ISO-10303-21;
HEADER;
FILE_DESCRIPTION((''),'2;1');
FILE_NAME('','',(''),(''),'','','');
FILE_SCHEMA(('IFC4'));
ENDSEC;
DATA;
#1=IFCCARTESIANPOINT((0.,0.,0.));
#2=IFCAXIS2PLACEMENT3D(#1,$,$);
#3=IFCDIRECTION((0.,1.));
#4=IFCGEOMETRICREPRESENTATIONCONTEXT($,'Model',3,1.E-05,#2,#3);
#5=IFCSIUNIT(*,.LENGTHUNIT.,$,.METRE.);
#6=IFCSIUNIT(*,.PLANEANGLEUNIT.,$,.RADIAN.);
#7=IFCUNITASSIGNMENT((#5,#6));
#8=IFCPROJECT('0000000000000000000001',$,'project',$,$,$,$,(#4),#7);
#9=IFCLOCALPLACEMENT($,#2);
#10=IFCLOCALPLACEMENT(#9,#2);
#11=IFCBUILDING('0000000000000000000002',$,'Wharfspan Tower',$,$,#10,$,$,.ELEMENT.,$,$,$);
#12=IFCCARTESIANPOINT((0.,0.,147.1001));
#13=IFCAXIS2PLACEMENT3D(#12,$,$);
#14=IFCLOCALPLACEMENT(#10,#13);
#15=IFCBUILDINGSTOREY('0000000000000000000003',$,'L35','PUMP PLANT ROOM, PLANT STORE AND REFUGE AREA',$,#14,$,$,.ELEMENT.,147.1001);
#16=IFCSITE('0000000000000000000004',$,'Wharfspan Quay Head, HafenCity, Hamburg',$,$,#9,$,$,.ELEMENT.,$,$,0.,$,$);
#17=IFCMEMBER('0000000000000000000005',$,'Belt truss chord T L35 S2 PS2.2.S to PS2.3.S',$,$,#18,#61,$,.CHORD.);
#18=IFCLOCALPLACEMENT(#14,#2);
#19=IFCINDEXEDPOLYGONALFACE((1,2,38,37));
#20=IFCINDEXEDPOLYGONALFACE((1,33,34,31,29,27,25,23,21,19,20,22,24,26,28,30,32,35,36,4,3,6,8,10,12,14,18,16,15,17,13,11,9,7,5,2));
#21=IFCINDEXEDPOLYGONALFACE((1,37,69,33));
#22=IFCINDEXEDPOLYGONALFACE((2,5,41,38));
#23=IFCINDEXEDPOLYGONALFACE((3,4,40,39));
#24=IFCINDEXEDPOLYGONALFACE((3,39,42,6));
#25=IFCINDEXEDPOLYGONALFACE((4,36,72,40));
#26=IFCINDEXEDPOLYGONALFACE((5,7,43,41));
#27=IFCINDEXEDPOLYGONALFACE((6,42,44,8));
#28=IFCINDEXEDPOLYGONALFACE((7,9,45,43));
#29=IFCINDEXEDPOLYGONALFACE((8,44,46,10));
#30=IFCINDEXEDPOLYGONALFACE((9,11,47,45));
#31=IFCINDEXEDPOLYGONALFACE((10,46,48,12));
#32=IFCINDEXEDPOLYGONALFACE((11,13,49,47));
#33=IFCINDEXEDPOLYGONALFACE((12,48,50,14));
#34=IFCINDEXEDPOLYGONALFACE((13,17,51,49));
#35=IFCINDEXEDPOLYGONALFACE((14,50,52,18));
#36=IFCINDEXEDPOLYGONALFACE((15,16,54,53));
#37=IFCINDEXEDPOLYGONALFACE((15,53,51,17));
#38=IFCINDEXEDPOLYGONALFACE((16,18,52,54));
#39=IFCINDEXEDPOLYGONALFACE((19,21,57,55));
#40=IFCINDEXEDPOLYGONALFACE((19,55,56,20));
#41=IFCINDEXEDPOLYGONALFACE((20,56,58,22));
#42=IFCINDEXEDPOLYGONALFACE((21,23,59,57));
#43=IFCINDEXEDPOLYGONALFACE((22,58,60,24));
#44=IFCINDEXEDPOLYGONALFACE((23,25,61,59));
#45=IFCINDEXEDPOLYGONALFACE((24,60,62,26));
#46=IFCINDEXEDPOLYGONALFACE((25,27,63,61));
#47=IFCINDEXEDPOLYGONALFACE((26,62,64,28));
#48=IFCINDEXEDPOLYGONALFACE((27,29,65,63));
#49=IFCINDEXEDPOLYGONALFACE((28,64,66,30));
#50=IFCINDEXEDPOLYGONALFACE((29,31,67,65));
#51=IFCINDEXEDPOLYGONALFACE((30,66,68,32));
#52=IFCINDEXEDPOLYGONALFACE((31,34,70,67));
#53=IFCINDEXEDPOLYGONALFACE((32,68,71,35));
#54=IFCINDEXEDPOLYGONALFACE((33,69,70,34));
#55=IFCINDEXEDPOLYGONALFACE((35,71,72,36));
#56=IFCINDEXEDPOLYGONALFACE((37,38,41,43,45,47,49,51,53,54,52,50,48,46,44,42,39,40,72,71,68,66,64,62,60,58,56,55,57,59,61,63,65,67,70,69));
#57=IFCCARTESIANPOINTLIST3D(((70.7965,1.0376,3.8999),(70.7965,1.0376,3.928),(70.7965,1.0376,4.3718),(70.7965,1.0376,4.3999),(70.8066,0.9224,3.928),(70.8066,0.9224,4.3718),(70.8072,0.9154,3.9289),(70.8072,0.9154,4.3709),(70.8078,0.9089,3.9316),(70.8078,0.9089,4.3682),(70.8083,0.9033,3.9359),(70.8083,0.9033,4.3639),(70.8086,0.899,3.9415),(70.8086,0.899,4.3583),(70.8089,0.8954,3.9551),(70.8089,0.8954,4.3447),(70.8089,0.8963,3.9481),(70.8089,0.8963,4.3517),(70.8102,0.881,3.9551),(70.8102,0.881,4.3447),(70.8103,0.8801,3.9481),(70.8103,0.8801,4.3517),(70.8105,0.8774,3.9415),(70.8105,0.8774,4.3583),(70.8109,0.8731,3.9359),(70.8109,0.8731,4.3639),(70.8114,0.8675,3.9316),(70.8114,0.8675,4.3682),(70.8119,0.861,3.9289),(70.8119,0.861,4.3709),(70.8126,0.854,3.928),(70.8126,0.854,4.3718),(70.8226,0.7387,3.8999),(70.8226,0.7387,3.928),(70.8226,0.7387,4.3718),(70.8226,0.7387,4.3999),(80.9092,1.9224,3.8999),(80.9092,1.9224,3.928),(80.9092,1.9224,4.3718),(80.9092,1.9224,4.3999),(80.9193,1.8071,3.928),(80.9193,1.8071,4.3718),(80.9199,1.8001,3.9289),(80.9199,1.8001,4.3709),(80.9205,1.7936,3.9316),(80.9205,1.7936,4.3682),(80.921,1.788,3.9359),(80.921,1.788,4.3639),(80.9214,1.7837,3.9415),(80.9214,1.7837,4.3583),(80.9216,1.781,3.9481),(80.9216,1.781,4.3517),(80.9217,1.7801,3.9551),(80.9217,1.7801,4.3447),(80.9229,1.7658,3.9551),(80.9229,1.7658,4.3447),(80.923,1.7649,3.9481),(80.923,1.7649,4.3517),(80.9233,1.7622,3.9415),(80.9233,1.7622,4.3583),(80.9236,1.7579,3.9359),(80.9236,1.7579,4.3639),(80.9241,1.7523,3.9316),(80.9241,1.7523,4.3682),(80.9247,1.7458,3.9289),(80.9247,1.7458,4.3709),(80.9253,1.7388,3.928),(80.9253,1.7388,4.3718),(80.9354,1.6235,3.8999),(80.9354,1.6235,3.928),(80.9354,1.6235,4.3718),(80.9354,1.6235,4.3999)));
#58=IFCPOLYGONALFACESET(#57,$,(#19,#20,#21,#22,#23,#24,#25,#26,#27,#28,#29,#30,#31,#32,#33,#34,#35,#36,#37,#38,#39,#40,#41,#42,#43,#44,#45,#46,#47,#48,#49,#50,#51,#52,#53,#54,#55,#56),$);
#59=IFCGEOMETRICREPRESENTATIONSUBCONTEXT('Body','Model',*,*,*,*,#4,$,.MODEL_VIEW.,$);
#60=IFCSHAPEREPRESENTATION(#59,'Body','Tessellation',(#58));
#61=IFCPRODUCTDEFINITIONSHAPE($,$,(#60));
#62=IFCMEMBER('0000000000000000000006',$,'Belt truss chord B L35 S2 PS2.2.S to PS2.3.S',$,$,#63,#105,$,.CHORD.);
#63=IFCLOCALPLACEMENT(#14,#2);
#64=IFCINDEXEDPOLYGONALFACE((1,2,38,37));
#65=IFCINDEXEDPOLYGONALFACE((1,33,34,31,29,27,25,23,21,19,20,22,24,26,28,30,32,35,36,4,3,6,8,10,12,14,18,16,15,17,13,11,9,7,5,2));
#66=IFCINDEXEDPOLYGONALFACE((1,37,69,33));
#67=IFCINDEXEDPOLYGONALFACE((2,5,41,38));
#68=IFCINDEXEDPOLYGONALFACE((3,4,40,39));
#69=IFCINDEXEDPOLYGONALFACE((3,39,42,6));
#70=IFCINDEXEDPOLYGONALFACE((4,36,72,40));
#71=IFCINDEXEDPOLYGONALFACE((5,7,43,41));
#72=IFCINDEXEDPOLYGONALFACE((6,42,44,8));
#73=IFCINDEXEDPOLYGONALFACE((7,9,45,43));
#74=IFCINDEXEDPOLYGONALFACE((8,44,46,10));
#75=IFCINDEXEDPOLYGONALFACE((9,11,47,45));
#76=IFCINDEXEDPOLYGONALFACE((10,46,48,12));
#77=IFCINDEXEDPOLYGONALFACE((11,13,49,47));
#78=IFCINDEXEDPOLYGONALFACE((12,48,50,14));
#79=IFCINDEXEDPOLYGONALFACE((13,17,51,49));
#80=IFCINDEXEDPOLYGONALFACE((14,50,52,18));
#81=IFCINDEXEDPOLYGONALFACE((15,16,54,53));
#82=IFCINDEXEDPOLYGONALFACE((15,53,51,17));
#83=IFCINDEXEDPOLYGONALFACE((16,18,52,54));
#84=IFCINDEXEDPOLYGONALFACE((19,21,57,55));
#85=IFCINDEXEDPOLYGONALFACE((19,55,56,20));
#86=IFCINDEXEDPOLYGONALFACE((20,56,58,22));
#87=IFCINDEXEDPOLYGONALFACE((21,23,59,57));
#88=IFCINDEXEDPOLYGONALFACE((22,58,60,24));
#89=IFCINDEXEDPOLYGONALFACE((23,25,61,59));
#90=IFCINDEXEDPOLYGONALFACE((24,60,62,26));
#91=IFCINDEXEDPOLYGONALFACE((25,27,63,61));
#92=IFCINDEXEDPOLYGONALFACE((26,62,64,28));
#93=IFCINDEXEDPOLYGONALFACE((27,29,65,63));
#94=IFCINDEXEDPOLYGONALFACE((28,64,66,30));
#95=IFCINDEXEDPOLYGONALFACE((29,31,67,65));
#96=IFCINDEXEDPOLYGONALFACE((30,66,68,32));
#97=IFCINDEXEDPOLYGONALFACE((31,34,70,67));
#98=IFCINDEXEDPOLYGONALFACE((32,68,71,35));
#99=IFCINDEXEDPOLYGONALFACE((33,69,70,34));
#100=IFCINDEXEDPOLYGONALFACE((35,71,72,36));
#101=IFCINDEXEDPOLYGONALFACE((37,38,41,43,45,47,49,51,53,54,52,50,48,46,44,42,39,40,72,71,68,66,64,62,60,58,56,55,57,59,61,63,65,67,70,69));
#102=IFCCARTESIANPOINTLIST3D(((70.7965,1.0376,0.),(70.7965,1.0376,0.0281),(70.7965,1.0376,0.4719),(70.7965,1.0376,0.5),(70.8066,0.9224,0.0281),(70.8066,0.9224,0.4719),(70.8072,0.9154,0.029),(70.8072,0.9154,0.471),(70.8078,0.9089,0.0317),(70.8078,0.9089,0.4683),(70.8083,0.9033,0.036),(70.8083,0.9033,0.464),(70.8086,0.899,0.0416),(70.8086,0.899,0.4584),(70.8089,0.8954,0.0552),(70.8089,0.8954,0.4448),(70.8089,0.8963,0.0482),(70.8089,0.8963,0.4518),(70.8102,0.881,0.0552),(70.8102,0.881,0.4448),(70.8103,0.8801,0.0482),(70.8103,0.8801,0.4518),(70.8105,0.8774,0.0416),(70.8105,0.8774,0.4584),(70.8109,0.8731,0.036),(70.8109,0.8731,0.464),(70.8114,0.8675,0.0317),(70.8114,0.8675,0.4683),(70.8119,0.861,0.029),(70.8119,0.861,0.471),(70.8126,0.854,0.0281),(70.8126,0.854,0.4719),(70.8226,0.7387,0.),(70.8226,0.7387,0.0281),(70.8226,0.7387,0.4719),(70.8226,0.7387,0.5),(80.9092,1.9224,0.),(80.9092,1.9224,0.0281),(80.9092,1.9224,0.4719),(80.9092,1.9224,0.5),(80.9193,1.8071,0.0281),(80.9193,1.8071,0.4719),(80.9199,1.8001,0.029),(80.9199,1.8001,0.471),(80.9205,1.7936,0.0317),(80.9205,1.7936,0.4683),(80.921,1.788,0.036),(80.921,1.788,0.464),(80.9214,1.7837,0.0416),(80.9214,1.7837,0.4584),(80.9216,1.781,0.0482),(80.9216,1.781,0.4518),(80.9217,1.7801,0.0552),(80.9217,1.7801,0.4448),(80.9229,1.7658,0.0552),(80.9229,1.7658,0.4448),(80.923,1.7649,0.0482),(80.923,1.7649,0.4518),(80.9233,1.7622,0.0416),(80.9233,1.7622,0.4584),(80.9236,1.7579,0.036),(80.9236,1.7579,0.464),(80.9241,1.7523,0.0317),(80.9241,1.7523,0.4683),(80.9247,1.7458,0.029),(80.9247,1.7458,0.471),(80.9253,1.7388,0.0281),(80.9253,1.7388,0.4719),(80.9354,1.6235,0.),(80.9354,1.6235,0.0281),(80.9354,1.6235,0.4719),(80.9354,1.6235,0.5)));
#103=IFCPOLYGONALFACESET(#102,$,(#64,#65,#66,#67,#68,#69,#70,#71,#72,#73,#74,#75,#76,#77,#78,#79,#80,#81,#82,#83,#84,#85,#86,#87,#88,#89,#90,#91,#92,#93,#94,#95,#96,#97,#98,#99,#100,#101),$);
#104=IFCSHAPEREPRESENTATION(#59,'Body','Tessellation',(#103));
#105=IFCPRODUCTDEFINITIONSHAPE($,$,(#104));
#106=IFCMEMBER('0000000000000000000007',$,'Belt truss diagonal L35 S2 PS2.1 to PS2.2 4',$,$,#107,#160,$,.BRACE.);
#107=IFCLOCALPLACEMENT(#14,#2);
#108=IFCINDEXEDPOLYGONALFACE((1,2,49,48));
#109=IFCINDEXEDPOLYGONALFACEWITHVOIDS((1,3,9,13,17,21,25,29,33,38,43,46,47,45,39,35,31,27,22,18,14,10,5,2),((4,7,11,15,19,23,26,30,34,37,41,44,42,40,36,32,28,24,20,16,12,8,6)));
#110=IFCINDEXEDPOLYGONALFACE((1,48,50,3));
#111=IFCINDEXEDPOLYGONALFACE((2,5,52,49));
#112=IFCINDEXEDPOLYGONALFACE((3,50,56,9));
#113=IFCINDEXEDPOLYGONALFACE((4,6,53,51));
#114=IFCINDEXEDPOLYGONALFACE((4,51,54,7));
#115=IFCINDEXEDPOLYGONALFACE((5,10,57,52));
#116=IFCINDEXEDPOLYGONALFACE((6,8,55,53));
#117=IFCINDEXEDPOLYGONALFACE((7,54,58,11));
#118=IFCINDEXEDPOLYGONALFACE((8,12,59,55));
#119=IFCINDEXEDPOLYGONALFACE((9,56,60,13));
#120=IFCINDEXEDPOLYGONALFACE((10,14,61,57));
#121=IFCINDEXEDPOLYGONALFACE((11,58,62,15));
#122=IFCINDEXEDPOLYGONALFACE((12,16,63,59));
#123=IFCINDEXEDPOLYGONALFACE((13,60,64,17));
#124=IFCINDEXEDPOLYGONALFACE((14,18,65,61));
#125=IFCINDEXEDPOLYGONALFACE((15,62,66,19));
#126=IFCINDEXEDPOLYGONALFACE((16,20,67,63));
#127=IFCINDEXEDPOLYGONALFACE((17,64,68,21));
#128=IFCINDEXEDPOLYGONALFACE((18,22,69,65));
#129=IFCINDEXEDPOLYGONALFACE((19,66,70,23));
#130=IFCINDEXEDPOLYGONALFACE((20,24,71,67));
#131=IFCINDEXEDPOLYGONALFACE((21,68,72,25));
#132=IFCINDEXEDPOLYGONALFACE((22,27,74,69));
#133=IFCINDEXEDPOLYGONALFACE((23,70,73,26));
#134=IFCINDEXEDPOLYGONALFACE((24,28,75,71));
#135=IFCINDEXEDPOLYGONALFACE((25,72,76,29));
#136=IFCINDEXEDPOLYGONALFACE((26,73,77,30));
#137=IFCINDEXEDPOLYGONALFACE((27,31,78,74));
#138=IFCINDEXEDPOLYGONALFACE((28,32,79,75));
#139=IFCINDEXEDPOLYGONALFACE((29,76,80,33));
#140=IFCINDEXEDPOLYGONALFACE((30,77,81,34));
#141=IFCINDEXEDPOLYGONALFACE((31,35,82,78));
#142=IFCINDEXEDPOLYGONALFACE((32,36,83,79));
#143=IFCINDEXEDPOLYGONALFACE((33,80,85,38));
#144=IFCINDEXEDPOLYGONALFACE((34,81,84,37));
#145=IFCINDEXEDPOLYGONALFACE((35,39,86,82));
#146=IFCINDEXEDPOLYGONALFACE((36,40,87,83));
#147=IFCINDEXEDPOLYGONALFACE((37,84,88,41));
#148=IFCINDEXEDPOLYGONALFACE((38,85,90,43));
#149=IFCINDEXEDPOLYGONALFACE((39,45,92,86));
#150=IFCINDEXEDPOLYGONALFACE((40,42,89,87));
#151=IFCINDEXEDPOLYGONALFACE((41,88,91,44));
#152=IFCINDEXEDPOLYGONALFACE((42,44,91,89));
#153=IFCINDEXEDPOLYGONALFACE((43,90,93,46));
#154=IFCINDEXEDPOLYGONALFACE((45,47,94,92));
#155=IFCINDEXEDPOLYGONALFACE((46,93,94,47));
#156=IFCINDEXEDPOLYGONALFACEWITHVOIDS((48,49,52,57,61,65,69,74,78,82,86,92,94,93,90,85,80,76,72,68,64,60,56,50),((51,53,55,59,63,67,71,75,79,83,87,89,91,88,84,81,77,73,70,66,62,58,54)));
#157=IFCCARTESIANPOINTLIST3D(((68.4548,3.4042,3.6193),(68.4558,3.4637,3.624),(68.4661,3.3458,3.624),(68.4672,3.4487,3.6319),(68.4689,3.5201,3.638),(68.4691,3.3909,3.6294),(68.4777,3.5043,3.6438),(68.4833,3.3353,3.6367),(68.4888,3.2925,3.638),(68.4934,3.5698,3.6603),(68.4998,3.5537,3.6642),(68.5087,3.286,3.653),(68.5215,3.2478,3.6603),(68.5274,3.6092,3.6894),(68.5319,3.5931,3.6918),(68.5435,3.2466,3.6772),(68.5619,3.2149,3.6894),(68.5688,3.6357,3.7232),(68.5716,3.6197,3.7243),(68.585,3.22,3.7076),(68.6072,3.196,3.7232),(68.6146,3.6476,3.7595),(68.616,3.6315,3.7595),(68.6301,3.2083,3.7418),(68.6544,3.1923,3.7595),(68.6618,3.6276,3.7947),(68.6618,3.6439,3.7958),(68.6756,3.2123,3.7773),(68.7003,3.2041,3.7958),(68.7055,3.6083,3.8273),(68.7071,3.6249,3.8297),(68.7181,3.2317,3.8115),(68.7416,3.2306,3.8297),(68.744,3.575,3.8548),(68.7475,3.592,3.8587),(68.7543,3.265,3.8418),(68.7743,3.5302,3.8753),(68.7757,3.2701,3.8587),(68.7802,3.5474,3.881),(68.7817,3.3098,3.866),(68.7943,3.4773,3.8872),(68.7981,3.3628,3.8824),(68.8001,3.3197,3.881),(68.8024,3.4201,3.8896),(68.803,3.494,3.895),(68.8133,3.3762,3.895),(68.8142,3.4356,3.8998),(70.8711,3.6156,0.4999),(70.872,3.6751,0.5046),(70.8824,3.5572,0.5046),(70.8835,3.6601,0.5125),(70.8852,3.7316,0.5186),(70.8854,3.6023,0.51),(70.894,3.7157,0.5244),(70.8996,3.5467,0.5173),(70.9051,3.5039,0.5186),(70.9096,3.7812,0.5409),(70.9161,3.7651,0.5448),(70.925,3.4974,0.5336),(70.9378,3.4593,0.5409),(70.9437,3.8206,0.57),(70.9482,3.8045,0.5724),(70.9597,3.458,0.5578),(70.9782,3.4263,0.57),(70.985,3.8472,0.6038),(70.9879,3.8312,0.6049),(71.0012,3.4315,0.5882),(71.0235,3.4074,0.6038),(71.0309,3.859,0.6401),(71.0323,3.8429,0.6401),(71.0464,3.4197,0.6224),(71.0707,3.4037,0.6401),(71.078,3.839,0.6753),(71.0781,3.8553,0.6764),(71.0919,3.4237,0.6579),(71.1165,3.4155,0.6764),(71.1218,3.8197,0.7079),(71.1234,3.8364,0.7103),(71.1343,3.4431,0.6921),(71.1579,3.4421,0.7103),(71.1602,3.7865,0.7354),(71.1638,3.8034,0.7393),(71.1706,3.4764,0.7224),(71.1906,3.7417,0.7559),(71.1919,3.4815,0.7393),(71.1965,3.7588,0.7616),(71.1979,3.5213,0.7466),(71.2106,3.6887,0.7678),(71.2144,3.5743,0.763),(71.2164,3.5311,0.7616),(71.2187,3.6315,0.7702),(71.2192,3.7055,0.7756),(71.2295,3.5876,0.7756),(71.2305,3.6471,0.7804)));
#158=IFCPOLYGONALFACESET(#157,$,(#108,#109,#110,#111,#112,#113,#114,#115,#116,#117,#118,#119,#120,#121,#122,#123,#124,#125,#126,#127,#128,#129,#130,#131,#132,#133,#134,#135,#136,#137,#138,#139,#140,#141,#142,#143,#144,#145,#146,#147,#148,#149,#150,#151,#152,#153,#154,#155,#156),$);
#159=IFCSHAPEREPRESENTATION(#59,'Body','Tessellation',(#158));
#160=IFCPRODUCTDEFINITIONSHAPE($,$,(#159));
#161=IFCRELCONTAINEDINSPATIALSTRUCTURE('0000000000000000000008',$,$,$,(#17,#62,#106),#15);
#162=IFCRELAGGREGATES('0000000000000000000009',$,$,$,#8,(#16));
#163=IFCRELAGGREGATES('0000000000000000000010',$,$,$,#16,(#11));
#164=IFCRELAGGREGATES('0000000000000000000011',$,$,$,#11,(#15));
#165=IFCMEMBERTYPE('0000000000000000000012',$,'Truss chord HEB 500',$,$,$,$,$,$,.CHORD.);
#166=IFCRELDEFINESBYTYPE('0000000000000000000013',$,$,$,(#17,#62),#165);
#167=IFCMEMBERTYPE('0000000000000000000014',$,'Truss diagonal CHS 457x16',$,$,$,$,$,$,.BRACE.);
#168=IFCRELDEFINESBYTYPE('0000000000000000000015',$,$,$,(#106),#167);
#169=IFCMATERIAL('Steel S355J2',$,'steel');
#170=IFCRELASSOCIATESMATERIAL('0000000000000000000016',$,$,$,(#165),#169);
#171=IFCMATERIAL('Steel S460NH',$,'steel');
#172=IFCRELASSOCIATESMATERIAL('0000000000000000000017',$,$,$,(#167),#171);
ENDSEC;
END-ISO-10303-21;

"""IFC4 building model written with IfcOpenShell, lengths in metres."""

from ifc_helpers import new_model, si_unit, direction, frame, origin, origin_2d, place, context, subcontext, project, spatial, hollow_circle, i_section, extrude, material, material_profile, profile_set, type_object, element, save


model = new_model("IFC4")

# Units and contexts
model_context = context("Model", 3, precision=1e-05, world=origin(), true_north=direction((0.0, 1.0)))
body_context = subcontext(model_context, "Body", "Model", "MODEL_VIEW")
ifc_project = project(units=[si_unit("LENGTHUNIT", "METRE"), si_unit("PLANEANGLEUNIT", "RADIAN")], contexts=[model_context])

# Site, building, storey
site_placement = place(None, origin())
site = spatial("IfcSite", under=ifc_project, at=site_placement, Name="Wharfspan Quay Head, HafenCity, Hamburg", CompositionType="ELEMENT", RefElevation=0.0)
building_placement = place(site_placement, origin())
building = spatial("IfcBuilding", under=site, at=building_placement, Name="Wharfspan Tower", CompositionType="ELEMENT")
storey_placement = place(building_placement, frame((0.0, 0.0, 147.1001)))
storey = spatial("IfcBuildingStorey", under=building, at=storey_placement, Name="L35", Description="PUMP PLANT ROOM, PLANT STORE AND REFUGE AREA", CompositionType="ELEMENT", Elevation=147.1001)

# Shared definitions
ifc_material_1 = material(Name="Steel S355J2", Category="steel")

# Members
ifc_material_profile_1 = material_profile(ifc_material_1, i_section(OverallWidth=0.3, OverallDepth=0.5, WebThickness=0.0144, FlangeThickness=0.0281, FilletRadius=0.0271, at=origin_2d()))
ifc_profile_set_1 = profile_set([ifc_material_profile_1], Name="Steel S355J2")
member_type_1 = type_object("IfcMemberType", Name="Truss chord HEB 500", PredefinedType="CHORD", material=ifc_profile_set_1)
for number, where, z_axis, x_axis, name in (
    (1, (70.8096, 0.8882, 4.1499), (0.996195, 0.087157, 0.0), (-0.087157, 0.996195, 0.0), "Belt truss chord T L35 S2 PS2.2.S to PS2.3.S"),
    (2, (70.8096, 0.8882, 0.25), (0.996195, 0.087157, 0.0), (-0.087157, 0.996195, 0.0), "Belt truss chord B L35 S2 PS2.2.S to PS2.3.S"),
):
    element("IfcMember", number, at=place(storey_placement, frame(where, z_axis=z_axis, x_axis=x_axis)), inside=storey, type_object=member_type_1, Name=name, PredefinedType="CHORD", context=body_context, shape_type="SweptSolid", body=[
        extrude(i_section(OverallWidth=0.3, OverallDepth=0.5, WebThickness=0.0144, FlangeThickness=0.0281, FilletRadius=0.0271, at=origin_2d()), origin(), (0.0, 0.0, 1.0), 10.1514),
    ])
ifc_material_2 = material(Name="Steel S460NH", Category="steel")
ifc_material_profile_2 = material_profile(ifc_material_2, hollow_circle(Radius=0.2285, WallThickness=0.0161, at=origin_2d()))
ifc_profile_set_2 = profile_set([ifc_material_profile_2], Name="Steel S460NH")
member_type_2 = type_object("IfcMemberType", Name="Truss diagonal CHS 457x16", PredefinedType="BRACE", material=ifc_profile_set_2)
member_1_placement = place(storey_placement, frame((68.6345, 3.4199, 3.7595), z_axis=(0.611494, 0.053507, -0.789438), x_axis=(-0.087165, 0.996192, 0.000003)))
element("IfcMember", 3, at=member_1_placement, inside=storey, type_object=member_type_2, Name="Belt truss diagonal L35 S2 PS2.1 to PS2.2 4", PredefinedType="BRACE", context=body_context, shape_type="SweptSolid", body=[
    extrude(hollow_circle(Radius=0.2285, WallThickness=0.0161, at=origin_2d()), origin(), (0.0, 0.0, 1.0), 3.9514),
])

save(model, "model.ifc")
